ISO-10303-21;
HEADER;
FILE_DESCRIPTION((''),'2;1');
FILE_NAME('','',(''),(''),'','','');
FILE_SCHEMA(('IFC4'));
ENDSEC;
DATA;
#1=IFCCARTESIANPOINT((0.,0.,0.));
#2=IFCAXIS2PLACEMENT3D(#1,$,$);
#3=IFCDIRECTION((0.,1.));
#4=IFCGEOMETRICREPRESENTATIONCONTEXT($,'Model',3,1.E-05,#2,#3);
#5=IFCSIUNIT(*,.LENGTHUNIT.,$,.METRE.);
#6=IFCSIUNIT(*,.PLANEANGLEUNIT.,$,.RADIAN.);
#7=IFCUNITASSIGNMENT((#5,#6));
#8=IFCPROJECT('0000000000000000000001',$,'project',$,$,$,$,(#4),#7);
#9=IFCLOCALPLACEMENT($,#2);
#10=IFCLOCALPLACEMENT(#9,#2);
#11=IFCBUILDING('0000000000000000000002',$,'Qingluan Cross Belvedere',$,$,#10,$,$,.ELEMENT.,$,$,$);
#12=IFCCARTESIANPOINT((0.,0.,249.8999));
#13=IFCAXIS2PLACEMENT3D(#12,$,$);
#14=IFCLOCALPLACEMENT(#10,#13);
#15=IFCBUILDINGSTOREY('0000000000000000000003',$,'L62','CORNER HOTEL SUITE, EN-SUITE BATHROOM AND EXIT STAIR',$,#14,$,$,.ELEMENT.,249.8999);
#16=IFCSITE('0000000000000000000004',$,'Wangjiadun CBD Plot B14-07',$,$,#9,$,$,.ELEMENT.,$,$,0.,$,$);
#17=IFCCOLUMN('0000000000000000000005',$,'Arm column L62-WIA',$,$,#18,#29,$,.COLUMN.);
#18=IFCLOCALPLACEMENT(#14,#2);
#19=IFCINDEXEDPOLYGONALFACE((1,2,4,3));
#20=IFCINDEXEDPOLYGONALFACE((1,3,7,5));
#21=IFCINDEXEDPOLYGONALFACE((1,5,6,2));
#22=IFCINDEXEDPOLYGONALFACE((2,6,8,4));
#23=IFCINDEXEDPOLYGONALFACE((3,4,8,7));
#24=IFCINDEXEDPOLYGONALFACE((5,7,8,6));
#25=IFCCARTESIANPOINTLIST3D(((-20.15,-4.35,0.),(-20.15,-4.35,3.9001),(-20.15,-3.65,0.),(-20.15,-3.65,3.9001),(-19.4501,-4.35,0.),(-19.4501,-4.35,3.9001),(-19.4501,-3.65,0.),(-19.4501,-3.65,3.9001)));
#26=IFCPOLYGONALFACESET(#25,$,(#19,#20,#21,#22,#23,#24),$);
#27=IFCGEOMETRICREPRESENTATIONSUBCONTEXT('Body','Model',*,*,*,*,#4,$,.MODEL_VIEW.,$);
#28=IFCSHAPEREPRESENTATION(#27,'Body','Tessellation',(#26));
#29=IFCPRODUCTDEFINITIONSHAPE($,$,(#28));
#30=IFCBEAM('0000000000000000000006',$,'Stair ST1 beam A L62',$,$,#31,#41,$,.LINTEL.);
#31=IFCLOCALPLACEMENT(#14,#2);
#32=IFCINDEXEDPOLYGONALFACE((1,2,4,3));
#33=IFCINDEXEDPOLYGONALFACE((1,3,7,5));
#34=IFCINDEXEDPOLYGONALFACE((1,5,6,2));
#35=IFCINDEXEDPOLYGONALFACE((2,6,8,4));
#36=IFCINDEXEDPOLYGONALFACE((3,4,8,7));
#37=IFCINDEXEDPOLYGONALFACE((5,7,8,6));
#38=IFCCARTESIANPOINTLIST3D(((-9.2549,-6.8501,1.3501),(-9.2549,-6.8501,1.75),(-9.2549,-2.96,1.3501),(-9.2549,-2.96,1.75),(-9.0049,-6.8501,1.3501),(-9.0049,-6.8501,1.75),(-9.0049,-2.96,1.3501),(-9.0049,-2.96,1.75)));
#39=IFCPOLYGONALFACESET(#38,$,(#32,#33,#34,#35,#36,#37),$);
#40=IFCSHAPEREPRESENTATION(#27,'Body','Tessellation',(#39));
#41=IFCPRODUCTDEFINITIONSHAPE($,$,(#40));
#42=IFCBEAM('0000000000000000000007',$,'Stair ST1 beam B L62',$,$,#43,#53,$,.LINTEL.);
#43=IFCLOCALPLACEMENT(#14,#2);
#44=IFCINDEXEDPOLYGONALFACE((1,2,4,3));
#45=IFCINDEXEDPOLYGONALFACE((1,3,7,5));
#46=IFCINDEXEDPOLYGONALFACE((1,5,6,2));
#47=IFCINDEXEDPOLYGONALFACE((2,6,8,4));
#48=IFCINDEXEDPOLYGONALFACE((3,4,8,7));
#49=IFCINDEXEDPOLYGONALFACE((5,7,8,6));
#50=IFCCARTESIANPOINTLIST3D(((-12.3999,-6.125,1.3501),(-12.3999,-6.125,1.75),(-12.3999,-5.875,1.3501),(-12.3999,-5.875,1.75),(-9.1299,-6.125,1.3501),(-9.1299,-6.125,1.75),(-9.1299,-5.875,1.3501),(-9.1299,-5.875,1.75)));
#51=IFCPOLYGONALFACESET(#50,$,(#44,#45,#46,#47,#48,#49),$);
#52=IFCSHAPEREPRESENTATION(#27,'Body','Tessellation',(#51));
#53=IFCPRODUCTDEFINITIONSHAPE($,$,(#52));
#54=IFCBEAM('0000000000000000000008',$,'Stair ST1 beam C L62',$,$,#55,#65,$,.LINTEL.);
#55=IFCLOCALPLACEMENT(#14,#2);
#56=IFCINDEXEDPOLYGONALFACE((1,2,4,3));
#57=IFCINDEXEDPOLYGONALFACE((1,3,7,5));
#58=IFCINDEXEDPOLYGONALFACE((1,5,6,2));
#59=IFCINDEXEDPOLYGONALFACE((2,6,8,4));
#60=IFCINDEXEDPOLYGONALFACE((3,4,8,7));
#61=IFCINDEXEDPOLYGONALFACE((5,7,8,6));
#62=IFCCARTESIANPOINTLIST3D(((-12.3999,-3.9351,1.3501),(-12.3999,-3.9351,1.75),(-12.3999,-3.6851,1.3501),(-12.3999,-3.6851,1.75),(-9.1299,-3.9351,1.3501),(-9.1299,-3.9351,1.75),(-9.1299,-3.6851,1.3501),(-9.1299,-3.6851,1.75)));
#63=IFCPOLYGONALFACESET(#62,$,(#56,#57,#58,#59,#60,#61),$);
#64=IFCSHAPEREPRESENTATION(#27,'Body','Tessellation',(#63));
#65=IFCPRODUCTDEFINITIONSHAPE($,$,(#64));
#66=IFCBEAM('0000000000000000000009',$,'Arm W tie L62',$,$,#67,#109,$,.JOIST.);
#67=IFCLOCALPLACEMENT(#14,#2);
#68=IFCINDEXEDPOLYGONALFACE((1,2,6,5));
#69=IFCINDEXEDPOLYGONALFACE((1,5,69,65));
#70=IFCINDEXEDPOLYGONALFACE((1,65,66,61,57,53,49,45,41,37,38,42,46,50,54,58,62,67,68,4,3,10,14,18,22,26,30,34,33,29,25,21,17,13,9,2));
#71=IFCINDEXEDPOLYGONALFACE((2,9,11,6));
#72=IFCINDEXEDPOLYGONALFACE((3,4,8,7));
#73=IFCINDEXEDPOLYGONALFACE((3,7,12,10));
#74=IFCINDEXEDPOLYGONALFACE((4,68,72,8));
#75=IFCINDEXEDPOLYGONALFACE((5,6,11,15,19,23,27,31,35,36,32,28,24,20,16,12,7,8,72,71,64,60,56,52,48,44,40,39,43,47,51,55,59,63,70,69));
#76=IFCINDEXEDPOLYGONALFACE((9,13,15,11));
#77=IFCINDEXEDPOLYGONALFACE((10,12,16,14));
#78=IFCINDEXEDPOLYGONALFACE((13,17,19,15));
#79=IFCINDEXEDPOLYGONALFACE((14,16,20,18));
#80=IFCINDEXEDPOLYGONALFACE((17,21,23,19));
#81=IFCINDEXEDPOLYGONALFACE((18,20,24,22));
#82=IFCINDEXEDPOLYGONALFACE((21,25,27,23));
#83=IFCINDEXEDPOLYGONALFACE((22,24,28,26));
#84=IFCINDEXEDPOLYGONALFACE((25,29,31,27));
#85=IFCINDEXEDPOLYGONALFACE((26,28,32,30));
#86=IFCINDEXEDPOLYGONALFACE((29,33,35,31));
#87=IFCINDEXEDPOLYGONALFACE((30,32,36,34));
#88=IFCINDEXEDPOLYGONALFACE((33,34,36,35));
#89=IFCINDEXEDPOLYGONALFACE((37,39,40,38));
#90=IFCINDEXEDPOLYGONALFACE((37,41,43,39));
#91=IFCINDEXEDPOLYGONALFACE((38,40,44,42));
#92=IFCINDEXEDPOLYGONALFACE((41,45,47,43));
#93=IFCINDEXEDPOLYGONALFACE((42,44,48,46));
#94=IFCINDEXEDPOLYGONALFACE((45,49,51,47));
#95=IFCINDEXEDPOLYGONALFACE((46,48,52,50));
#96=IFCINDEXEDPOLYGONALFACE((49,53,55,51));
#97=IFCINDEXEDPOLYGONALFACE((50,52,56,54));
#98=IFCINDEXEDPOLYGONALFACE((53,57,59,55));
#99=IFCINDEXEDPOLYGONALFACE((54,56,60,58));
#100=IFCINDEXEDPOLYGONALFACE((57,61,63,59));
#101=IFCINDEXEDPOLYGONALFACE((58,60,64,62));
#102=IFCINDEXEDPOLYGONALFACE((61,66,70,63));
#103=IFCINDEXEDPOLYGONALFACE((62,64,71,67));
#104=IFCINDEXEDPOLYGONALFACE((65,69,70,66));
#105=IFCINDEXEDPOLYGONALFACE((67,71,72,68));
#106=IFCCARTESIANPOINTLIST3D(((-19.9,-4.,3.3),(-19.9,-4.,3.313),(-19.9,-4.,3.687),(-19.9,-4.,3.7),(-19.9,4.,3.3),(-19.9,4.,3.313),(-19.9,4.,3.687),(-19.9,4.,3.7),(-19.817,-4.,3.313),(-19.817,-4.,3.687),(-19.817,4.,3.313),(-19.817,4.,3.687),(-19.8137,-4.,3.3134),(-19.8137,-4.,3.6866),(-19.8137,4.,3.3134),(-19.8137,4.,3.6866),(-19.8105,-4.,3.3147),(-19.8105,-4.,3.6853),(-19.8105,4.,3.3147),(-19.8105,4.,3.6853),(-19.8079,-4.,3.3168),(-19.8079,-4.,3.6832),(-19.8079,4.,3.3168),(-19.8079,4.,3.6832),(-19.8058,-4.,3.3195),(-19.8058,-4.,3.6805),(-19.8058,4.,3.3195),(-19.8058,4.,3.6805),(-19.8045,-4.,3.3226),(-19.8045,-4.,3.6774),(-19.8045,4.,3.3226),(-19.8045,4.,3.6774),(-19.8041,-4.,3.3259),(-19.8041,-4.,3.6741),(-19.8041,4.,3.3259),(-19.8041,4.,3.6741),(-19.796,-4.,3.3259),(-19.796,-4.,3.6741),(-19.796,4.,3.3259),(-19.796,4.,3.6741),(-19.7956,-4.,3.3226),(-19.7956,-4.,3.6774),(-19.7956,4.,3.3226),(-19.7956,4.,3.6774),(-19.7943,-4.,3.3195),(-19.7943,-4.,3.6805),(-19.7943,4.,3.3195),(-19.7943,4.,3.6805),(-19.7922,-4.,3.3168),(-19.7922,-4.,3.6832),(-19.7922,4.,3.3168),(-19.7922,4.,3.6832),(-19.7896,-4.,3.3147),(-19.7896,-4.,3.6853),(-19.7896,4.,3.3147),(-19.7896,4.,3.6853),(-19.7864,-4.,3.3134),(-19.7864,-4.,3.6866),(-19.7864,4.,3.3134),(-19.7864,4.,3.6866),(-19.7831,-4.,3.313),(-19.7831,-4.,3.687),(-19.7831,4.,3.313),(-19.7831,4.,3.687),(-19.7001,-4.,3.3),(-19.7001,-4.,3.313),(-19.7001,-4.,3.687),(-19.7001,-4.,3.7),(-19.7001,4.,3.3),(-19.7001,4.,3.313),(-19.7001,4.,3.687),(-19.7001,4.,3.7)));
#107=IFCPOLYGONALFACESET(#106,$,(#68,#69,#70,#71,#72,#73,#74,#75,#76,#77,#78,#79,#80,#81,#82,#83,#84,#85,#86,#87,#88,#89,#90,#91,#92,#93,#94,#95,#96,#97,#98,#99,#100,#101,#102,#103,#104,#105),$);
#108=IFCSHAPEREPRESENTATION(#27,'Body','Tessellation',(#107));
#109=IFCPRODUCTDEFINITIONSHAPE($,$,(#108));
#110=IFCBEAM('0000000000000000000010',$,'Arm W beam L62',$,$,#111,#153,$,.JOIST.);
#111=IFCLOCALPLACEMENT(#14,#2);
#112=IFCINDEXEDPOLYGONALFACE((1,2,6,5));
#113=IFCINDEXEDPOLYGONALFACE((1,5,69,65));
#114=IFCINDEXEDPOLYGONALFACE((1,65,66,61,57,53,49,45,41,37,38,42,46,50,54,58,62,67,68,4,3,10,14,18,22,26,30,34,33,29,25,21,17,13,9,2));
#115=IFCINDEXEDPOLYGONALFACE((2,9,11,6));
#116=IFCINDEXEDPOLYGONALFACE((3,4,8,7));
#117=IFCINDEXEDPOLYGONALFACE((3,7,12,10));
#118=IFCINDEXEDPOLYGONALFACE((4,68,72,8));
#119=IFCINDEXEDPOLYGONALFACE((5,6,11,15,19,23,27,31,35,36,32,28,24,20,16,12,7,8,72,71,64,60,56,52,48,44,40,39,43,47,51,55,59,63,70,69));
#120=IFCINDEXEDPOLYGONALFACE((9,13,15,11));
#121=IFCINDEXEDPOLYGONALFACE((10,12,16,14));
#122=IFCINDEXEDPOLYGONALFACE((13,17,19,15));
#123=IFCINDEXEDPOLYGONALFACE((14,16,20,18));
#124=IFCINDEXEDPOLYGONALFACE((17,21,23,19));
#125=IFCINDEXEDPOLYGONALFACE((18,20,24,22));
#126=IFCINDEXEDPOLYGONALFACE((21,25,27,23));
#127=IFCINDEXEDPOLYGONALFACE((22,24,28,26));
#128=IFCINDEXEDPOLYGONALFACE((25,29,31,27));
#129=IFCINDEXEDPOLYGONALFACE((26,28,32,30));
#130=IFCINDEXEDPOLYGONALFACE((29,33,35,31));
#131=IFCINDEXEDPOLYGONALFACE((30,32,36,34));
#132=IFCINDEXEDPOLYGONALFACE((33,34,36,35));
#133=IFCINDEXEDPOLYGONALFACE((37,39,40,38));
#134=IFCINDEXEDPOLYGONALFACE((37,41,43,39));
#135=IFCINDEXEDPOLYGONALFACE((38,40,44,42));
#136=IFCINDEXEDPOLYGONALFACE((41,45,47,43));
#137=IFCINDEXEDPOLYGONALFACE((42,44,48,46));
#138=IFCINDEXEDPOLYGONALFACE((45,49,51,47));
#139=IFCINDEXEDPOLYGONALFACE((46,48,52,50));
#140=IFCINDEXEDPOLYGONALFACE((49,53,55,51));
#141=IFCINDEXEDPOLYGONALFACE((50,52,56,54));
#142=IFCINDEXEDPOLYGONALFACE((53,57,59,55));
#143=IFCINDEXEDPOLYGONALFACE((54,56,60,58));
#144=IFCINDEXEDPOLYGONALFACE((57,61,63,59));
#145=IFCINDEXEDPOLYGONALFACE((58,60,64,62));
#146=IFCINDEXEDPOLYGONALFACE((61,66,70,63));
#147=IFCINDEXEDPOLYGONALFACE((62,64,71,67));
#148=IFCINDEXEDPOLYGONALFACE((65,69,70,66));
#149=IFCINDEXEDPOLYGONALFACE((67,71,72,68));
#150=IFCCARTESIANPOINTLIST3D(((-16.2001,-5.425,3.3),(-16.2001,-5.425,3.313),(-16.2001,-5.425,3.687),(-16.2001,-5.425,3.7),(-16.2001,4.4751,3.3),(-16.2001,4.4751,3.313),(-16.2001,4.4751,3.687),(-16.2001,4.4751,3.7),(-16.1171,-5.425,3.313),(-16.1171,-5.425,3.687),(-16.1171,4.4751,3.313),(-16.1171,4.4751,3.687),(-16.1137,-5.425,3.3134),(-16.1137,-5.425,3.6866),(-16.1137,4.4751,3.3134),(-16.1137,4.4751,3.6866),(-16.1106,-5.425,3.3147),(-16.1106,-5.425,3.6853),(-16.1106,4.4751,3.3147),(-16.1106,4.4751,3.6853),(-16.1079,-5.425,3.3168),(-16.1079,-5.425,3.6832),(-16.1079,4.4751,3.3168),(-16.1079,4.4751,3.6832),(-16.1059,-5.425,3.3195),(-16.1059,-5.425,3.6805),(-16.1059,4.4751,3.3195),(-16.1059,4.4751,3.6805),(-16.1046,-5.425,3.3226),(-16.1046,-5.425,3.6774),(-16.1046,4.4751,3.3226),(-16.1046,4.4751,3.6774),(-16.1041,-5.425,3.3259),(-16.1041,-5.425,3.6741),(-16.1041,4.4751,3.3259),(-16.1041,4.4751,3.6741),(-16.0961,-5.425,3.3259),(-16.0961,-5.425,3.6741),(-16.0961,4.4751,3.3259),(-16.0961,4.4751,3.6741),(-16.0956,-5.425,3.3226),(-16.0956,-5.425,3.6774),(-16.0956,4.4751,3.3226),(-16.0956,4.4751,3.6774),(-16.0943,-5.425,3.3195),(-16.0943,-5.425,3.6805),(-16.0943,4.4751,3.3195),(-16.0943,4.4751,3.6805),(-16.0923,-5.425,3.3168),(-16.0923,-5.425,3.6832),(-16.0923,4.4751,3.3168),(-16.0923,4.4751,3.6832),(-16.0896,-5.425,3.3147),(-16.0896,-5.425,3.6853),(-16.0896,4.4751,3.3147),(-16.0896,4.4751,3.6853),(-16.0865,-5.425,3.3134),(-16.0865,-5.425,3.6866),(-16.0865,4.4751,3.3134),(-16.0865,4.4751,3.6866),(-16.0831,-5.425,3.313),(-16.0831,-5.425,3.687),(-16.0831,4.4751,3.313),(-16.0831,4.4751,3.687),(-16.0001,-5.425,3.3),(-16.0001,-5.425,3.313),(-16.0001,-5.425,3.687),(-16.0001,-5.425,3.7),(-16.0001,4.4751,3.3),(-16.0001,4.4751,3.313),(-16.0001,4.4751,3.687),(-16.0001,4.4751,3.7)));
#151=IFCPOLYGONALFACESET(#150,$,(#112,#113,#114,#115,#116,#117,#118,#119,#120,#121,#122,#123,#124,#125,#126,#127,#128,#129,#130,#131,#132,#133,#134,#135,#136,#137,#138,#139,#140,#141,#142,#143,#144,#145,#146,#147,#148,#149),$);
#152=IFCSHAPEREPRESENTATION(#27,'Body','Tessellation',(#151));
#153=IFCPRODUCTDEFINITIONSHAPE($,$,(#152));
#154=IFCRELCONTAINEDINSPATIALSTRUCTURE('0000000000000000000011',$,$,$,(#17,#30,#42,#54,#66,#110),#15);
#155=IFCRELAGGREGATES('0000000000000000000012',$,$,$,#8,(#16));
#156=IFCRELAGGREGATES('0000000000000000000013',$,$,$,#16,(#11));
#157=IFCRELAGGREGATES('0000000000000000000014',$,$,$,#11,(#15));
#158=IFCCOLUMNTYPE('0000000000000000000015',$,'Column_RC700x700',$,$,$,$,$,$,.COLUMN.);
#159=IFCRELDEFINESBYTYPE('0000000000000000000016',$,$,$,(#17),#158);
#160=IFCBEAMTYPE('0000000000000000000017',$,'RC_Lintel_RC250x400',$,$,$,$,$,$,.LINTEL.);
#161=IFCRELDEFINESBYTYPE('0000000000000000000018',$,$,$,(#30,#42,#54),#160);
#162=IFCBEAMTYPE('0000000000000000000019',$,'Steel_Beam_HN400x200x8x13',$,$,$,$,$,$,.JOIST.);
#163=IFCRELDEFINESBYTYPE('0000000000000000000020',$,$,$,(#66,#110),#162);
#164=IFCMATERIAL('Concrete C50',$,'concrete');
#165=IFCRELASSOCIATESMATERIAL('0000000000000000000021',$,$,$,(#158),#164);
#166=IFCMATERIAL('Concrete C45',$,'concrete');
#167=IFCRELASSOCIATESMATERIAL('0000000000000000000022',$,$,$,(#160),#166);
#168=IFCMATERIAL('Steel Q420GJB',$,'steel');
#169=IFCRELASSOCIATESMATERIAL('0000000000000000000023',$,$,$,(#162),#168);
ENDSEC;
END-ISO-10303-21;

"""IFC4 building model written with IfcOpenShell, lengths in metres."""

from ifc_helpers import new_model, si_unit, direction, frame, origin, origin_2d, place, context, subcontext, project, spatial, rectangle, i_section, extrude, material, material_profile, profile_set, type_object, element, save


model = new_model("IFC4")

# Units and contexts
model_context = context("Model", 3, precision=1e-05, world=origin(), true_north=direction((0.0, 1.0)))
body_context = subcontext(model_context, "Body", "Model", "MODEL_VIEW")
ifc_project = project(units=[si_unit("LENGTHUNIT", "METRE"), si_unit("PLANEANGLEUNIT", "RADIAN")], contexts=[model_context])

# Site, building, storey
site_placement = place(None, origin())
site = spatial("IfcSite", under=ifc_project, at=site_placement, Name="Wangjiadun CBD Plot B14-07", CompositionType="ELEMENT", RefElevation=0.0)
building_placement = place(site_placement, origin())
building = spatial("IfcBuilding", under=site, at=building_placement, Name="Qingluan Cross Belvedere", CompositionType="ELEMENT")
storey_placement = place(building_placement, frame((0.0, 0.0, 249.8999)))
storey = spatial("IfcBuildingStorey", under=building, at=storey_placement, Name="L62", Description="CORNER HOTEL SUITE, EN-SUITE BATHROOM AND EXIT STAIR", CompositionType="ELEMENT", Elevation=249.8999)

# Column
ifc_material_1 = material(Name="Concrete C50", Category="concrete")
ifc_material_profile_1 = material_profile(ifc_material_1, rectangle(XDim=0.7, YDim=0.7, at=origin_2d()), Name="RC700x700")
ifc_profile_set_1 = profile_set([ifc_material_profile_1], Name="Concrete C50")
column_type = type_object("IfcColumnType", Name="Column_RC700x700", PredefinedType="COLUMN", material=ifc_profile_set_1)
column_placement = place(storey_placement, frame((-19.8, -4.0, 0.0), z_axis=(0.0, 0.0, 1.0), x_axis=(1.0, 0.0, 0.0)))
element("IfcColumn", 1, at=column_placement, inside=storey, type_object=column_type, Name="Arm column L62-WIA", PredefinedType="COLUMN", context=body_context, shape_type="SweptSolid", body=[
    extrude(rectangle(XDim=0.7, YDim=0.7, at=origin_2d()), origin(), (0.0, 0.0, 1.0), 3.9001),
])

# Beams
ifc_material_2 = material(Name="Concrete C45", Category="concrete")
ifc_material_profile_2 = material_profile(ifc_material_2, rectangle(XDim=0.25, YDim=0.3999, at=origin_2d()), Name="RC250x400")
ifc_profile_set_2 = profile_set([ifc_material_profile_2], Name="Concrete C45")
beam_type_1 = type_object("IfcBeamType", Name="RC_Lintel_RC250x400", PredefinedType="LINTEL", material=ifc_profile_set_2)
beam_1_placement = place(storey_placement, frame((-9.1299, -6.8501, 1.55), z_axis=(0.0, 1.0, 0.0), x_axis=(-1.0, 0.0, 0.0)))
element("IfcBeam", 2, at=beam_1_placement, inside=storey, type_object=beam_type_1, Name="Stair ST1 beam A L62", PredefinedType="LINTEL", context=body_context, shape_type="SweptSolid", body=[
    extrude(rectangle(XDim=0.25, YDim=0.3999, at=origin_2d()), origin(), (0.0, 0.0, 1.0), 3.8901),
])
for number, where, z_axis, x_axis, name in (
    (3, (-12.3999, -6.0, 1.55), (1.0, 0.0, 0.0), (0.0, 1.0, 0.0), "Stair ST1 beam B L62"),
    (4, (-12.3999, -3.8101, 1.55), (1.0, 0.0, 0.0), (0.0, 1.0, 0.0), "Stair ST1 beam C L62"),
):
    element("IfcBeam", number, at=place(storey_placement, frame(where, z_axis=z_axis, x_axis=x_axis)), inside=storey, type_object=beam_type_1, Name=name, PredefinedType="LINTEL", context=body_context, shape_type="SweptSolid", body=[
        extrude(rectangle(XDim=0.25, YDim=0.3999, at=origin_2d()), origin(), (0.0, 0.0, 1.0), 3.27),
    ])
ifc_material_3 = material(Name="Steel Q420GJB", Category="steel")
ifc_material_profile_3 = material_profile(ifc_material_3, i_section(OverallWidth=0.2, OverallDepth=0.3999, WebThickness=0.0081, FlangeThickness=0.0129, FilletRadius=0.0129, at=origin_2d()), Name="HN400x200x8x13")
ifc_profile_set_3 = profile_set([ifc_material_profile_3], Name="Steel Q420GJB")
beam_type_2 = type_object("IfcBeamType", Name="Steel_Beam_HN400x200x8x13", PredefinedType="JOIST", material=ifc_profile_set_3)
beam_2_placement = place(storey_placement, frame((-19.8, -4.0, 3.5), z_axis=(0.0, 1.0, 0.0), x_axis=(-1.0, 0.0, 0.0)))
element("IfcBeam", 5, at=beam_2_placement, inside=storey, type_object=beam_type_2, Name="Arm W tie L62", PredefinedType="JOIST", context=body_context, shape_type="SweptSolid", body=[
    extrude(i_section(OverallWidth=0.2, OverallDepth=0.3999, WebThickness=0.0081, FlangeThickness=0.0129, FilletRadius=0.0129, at=origin_2d()), origin(), (0.0, 0.0, 1.0), 8.0),
])
beam_3_placement = place(storey_placement, frame((-16.1001, -5.425, 3.5), z_axis=(0.0, 1.0, 0.0), x_axis=(-1.0, 0.0, 0.0)))
element("IfcBeam", 6, at=beam_3_placement, inside=storey, type_object=beam_type_2, Name="Arm W beam L62", PredefinedType="JOIST", context=body_context, shape_type="SweptSolid", body=[
    extrude(i_section(OverallWidth=0.2, OverallDepth=0.3999, WebThickness=0.0081, FlangeThickness=0.0129, FilletRadius=0.0129, at=origin_2d()), origin(), (0.0, 0.0, 1.0), 9.9001),
])

save(model, "model.ifc")
